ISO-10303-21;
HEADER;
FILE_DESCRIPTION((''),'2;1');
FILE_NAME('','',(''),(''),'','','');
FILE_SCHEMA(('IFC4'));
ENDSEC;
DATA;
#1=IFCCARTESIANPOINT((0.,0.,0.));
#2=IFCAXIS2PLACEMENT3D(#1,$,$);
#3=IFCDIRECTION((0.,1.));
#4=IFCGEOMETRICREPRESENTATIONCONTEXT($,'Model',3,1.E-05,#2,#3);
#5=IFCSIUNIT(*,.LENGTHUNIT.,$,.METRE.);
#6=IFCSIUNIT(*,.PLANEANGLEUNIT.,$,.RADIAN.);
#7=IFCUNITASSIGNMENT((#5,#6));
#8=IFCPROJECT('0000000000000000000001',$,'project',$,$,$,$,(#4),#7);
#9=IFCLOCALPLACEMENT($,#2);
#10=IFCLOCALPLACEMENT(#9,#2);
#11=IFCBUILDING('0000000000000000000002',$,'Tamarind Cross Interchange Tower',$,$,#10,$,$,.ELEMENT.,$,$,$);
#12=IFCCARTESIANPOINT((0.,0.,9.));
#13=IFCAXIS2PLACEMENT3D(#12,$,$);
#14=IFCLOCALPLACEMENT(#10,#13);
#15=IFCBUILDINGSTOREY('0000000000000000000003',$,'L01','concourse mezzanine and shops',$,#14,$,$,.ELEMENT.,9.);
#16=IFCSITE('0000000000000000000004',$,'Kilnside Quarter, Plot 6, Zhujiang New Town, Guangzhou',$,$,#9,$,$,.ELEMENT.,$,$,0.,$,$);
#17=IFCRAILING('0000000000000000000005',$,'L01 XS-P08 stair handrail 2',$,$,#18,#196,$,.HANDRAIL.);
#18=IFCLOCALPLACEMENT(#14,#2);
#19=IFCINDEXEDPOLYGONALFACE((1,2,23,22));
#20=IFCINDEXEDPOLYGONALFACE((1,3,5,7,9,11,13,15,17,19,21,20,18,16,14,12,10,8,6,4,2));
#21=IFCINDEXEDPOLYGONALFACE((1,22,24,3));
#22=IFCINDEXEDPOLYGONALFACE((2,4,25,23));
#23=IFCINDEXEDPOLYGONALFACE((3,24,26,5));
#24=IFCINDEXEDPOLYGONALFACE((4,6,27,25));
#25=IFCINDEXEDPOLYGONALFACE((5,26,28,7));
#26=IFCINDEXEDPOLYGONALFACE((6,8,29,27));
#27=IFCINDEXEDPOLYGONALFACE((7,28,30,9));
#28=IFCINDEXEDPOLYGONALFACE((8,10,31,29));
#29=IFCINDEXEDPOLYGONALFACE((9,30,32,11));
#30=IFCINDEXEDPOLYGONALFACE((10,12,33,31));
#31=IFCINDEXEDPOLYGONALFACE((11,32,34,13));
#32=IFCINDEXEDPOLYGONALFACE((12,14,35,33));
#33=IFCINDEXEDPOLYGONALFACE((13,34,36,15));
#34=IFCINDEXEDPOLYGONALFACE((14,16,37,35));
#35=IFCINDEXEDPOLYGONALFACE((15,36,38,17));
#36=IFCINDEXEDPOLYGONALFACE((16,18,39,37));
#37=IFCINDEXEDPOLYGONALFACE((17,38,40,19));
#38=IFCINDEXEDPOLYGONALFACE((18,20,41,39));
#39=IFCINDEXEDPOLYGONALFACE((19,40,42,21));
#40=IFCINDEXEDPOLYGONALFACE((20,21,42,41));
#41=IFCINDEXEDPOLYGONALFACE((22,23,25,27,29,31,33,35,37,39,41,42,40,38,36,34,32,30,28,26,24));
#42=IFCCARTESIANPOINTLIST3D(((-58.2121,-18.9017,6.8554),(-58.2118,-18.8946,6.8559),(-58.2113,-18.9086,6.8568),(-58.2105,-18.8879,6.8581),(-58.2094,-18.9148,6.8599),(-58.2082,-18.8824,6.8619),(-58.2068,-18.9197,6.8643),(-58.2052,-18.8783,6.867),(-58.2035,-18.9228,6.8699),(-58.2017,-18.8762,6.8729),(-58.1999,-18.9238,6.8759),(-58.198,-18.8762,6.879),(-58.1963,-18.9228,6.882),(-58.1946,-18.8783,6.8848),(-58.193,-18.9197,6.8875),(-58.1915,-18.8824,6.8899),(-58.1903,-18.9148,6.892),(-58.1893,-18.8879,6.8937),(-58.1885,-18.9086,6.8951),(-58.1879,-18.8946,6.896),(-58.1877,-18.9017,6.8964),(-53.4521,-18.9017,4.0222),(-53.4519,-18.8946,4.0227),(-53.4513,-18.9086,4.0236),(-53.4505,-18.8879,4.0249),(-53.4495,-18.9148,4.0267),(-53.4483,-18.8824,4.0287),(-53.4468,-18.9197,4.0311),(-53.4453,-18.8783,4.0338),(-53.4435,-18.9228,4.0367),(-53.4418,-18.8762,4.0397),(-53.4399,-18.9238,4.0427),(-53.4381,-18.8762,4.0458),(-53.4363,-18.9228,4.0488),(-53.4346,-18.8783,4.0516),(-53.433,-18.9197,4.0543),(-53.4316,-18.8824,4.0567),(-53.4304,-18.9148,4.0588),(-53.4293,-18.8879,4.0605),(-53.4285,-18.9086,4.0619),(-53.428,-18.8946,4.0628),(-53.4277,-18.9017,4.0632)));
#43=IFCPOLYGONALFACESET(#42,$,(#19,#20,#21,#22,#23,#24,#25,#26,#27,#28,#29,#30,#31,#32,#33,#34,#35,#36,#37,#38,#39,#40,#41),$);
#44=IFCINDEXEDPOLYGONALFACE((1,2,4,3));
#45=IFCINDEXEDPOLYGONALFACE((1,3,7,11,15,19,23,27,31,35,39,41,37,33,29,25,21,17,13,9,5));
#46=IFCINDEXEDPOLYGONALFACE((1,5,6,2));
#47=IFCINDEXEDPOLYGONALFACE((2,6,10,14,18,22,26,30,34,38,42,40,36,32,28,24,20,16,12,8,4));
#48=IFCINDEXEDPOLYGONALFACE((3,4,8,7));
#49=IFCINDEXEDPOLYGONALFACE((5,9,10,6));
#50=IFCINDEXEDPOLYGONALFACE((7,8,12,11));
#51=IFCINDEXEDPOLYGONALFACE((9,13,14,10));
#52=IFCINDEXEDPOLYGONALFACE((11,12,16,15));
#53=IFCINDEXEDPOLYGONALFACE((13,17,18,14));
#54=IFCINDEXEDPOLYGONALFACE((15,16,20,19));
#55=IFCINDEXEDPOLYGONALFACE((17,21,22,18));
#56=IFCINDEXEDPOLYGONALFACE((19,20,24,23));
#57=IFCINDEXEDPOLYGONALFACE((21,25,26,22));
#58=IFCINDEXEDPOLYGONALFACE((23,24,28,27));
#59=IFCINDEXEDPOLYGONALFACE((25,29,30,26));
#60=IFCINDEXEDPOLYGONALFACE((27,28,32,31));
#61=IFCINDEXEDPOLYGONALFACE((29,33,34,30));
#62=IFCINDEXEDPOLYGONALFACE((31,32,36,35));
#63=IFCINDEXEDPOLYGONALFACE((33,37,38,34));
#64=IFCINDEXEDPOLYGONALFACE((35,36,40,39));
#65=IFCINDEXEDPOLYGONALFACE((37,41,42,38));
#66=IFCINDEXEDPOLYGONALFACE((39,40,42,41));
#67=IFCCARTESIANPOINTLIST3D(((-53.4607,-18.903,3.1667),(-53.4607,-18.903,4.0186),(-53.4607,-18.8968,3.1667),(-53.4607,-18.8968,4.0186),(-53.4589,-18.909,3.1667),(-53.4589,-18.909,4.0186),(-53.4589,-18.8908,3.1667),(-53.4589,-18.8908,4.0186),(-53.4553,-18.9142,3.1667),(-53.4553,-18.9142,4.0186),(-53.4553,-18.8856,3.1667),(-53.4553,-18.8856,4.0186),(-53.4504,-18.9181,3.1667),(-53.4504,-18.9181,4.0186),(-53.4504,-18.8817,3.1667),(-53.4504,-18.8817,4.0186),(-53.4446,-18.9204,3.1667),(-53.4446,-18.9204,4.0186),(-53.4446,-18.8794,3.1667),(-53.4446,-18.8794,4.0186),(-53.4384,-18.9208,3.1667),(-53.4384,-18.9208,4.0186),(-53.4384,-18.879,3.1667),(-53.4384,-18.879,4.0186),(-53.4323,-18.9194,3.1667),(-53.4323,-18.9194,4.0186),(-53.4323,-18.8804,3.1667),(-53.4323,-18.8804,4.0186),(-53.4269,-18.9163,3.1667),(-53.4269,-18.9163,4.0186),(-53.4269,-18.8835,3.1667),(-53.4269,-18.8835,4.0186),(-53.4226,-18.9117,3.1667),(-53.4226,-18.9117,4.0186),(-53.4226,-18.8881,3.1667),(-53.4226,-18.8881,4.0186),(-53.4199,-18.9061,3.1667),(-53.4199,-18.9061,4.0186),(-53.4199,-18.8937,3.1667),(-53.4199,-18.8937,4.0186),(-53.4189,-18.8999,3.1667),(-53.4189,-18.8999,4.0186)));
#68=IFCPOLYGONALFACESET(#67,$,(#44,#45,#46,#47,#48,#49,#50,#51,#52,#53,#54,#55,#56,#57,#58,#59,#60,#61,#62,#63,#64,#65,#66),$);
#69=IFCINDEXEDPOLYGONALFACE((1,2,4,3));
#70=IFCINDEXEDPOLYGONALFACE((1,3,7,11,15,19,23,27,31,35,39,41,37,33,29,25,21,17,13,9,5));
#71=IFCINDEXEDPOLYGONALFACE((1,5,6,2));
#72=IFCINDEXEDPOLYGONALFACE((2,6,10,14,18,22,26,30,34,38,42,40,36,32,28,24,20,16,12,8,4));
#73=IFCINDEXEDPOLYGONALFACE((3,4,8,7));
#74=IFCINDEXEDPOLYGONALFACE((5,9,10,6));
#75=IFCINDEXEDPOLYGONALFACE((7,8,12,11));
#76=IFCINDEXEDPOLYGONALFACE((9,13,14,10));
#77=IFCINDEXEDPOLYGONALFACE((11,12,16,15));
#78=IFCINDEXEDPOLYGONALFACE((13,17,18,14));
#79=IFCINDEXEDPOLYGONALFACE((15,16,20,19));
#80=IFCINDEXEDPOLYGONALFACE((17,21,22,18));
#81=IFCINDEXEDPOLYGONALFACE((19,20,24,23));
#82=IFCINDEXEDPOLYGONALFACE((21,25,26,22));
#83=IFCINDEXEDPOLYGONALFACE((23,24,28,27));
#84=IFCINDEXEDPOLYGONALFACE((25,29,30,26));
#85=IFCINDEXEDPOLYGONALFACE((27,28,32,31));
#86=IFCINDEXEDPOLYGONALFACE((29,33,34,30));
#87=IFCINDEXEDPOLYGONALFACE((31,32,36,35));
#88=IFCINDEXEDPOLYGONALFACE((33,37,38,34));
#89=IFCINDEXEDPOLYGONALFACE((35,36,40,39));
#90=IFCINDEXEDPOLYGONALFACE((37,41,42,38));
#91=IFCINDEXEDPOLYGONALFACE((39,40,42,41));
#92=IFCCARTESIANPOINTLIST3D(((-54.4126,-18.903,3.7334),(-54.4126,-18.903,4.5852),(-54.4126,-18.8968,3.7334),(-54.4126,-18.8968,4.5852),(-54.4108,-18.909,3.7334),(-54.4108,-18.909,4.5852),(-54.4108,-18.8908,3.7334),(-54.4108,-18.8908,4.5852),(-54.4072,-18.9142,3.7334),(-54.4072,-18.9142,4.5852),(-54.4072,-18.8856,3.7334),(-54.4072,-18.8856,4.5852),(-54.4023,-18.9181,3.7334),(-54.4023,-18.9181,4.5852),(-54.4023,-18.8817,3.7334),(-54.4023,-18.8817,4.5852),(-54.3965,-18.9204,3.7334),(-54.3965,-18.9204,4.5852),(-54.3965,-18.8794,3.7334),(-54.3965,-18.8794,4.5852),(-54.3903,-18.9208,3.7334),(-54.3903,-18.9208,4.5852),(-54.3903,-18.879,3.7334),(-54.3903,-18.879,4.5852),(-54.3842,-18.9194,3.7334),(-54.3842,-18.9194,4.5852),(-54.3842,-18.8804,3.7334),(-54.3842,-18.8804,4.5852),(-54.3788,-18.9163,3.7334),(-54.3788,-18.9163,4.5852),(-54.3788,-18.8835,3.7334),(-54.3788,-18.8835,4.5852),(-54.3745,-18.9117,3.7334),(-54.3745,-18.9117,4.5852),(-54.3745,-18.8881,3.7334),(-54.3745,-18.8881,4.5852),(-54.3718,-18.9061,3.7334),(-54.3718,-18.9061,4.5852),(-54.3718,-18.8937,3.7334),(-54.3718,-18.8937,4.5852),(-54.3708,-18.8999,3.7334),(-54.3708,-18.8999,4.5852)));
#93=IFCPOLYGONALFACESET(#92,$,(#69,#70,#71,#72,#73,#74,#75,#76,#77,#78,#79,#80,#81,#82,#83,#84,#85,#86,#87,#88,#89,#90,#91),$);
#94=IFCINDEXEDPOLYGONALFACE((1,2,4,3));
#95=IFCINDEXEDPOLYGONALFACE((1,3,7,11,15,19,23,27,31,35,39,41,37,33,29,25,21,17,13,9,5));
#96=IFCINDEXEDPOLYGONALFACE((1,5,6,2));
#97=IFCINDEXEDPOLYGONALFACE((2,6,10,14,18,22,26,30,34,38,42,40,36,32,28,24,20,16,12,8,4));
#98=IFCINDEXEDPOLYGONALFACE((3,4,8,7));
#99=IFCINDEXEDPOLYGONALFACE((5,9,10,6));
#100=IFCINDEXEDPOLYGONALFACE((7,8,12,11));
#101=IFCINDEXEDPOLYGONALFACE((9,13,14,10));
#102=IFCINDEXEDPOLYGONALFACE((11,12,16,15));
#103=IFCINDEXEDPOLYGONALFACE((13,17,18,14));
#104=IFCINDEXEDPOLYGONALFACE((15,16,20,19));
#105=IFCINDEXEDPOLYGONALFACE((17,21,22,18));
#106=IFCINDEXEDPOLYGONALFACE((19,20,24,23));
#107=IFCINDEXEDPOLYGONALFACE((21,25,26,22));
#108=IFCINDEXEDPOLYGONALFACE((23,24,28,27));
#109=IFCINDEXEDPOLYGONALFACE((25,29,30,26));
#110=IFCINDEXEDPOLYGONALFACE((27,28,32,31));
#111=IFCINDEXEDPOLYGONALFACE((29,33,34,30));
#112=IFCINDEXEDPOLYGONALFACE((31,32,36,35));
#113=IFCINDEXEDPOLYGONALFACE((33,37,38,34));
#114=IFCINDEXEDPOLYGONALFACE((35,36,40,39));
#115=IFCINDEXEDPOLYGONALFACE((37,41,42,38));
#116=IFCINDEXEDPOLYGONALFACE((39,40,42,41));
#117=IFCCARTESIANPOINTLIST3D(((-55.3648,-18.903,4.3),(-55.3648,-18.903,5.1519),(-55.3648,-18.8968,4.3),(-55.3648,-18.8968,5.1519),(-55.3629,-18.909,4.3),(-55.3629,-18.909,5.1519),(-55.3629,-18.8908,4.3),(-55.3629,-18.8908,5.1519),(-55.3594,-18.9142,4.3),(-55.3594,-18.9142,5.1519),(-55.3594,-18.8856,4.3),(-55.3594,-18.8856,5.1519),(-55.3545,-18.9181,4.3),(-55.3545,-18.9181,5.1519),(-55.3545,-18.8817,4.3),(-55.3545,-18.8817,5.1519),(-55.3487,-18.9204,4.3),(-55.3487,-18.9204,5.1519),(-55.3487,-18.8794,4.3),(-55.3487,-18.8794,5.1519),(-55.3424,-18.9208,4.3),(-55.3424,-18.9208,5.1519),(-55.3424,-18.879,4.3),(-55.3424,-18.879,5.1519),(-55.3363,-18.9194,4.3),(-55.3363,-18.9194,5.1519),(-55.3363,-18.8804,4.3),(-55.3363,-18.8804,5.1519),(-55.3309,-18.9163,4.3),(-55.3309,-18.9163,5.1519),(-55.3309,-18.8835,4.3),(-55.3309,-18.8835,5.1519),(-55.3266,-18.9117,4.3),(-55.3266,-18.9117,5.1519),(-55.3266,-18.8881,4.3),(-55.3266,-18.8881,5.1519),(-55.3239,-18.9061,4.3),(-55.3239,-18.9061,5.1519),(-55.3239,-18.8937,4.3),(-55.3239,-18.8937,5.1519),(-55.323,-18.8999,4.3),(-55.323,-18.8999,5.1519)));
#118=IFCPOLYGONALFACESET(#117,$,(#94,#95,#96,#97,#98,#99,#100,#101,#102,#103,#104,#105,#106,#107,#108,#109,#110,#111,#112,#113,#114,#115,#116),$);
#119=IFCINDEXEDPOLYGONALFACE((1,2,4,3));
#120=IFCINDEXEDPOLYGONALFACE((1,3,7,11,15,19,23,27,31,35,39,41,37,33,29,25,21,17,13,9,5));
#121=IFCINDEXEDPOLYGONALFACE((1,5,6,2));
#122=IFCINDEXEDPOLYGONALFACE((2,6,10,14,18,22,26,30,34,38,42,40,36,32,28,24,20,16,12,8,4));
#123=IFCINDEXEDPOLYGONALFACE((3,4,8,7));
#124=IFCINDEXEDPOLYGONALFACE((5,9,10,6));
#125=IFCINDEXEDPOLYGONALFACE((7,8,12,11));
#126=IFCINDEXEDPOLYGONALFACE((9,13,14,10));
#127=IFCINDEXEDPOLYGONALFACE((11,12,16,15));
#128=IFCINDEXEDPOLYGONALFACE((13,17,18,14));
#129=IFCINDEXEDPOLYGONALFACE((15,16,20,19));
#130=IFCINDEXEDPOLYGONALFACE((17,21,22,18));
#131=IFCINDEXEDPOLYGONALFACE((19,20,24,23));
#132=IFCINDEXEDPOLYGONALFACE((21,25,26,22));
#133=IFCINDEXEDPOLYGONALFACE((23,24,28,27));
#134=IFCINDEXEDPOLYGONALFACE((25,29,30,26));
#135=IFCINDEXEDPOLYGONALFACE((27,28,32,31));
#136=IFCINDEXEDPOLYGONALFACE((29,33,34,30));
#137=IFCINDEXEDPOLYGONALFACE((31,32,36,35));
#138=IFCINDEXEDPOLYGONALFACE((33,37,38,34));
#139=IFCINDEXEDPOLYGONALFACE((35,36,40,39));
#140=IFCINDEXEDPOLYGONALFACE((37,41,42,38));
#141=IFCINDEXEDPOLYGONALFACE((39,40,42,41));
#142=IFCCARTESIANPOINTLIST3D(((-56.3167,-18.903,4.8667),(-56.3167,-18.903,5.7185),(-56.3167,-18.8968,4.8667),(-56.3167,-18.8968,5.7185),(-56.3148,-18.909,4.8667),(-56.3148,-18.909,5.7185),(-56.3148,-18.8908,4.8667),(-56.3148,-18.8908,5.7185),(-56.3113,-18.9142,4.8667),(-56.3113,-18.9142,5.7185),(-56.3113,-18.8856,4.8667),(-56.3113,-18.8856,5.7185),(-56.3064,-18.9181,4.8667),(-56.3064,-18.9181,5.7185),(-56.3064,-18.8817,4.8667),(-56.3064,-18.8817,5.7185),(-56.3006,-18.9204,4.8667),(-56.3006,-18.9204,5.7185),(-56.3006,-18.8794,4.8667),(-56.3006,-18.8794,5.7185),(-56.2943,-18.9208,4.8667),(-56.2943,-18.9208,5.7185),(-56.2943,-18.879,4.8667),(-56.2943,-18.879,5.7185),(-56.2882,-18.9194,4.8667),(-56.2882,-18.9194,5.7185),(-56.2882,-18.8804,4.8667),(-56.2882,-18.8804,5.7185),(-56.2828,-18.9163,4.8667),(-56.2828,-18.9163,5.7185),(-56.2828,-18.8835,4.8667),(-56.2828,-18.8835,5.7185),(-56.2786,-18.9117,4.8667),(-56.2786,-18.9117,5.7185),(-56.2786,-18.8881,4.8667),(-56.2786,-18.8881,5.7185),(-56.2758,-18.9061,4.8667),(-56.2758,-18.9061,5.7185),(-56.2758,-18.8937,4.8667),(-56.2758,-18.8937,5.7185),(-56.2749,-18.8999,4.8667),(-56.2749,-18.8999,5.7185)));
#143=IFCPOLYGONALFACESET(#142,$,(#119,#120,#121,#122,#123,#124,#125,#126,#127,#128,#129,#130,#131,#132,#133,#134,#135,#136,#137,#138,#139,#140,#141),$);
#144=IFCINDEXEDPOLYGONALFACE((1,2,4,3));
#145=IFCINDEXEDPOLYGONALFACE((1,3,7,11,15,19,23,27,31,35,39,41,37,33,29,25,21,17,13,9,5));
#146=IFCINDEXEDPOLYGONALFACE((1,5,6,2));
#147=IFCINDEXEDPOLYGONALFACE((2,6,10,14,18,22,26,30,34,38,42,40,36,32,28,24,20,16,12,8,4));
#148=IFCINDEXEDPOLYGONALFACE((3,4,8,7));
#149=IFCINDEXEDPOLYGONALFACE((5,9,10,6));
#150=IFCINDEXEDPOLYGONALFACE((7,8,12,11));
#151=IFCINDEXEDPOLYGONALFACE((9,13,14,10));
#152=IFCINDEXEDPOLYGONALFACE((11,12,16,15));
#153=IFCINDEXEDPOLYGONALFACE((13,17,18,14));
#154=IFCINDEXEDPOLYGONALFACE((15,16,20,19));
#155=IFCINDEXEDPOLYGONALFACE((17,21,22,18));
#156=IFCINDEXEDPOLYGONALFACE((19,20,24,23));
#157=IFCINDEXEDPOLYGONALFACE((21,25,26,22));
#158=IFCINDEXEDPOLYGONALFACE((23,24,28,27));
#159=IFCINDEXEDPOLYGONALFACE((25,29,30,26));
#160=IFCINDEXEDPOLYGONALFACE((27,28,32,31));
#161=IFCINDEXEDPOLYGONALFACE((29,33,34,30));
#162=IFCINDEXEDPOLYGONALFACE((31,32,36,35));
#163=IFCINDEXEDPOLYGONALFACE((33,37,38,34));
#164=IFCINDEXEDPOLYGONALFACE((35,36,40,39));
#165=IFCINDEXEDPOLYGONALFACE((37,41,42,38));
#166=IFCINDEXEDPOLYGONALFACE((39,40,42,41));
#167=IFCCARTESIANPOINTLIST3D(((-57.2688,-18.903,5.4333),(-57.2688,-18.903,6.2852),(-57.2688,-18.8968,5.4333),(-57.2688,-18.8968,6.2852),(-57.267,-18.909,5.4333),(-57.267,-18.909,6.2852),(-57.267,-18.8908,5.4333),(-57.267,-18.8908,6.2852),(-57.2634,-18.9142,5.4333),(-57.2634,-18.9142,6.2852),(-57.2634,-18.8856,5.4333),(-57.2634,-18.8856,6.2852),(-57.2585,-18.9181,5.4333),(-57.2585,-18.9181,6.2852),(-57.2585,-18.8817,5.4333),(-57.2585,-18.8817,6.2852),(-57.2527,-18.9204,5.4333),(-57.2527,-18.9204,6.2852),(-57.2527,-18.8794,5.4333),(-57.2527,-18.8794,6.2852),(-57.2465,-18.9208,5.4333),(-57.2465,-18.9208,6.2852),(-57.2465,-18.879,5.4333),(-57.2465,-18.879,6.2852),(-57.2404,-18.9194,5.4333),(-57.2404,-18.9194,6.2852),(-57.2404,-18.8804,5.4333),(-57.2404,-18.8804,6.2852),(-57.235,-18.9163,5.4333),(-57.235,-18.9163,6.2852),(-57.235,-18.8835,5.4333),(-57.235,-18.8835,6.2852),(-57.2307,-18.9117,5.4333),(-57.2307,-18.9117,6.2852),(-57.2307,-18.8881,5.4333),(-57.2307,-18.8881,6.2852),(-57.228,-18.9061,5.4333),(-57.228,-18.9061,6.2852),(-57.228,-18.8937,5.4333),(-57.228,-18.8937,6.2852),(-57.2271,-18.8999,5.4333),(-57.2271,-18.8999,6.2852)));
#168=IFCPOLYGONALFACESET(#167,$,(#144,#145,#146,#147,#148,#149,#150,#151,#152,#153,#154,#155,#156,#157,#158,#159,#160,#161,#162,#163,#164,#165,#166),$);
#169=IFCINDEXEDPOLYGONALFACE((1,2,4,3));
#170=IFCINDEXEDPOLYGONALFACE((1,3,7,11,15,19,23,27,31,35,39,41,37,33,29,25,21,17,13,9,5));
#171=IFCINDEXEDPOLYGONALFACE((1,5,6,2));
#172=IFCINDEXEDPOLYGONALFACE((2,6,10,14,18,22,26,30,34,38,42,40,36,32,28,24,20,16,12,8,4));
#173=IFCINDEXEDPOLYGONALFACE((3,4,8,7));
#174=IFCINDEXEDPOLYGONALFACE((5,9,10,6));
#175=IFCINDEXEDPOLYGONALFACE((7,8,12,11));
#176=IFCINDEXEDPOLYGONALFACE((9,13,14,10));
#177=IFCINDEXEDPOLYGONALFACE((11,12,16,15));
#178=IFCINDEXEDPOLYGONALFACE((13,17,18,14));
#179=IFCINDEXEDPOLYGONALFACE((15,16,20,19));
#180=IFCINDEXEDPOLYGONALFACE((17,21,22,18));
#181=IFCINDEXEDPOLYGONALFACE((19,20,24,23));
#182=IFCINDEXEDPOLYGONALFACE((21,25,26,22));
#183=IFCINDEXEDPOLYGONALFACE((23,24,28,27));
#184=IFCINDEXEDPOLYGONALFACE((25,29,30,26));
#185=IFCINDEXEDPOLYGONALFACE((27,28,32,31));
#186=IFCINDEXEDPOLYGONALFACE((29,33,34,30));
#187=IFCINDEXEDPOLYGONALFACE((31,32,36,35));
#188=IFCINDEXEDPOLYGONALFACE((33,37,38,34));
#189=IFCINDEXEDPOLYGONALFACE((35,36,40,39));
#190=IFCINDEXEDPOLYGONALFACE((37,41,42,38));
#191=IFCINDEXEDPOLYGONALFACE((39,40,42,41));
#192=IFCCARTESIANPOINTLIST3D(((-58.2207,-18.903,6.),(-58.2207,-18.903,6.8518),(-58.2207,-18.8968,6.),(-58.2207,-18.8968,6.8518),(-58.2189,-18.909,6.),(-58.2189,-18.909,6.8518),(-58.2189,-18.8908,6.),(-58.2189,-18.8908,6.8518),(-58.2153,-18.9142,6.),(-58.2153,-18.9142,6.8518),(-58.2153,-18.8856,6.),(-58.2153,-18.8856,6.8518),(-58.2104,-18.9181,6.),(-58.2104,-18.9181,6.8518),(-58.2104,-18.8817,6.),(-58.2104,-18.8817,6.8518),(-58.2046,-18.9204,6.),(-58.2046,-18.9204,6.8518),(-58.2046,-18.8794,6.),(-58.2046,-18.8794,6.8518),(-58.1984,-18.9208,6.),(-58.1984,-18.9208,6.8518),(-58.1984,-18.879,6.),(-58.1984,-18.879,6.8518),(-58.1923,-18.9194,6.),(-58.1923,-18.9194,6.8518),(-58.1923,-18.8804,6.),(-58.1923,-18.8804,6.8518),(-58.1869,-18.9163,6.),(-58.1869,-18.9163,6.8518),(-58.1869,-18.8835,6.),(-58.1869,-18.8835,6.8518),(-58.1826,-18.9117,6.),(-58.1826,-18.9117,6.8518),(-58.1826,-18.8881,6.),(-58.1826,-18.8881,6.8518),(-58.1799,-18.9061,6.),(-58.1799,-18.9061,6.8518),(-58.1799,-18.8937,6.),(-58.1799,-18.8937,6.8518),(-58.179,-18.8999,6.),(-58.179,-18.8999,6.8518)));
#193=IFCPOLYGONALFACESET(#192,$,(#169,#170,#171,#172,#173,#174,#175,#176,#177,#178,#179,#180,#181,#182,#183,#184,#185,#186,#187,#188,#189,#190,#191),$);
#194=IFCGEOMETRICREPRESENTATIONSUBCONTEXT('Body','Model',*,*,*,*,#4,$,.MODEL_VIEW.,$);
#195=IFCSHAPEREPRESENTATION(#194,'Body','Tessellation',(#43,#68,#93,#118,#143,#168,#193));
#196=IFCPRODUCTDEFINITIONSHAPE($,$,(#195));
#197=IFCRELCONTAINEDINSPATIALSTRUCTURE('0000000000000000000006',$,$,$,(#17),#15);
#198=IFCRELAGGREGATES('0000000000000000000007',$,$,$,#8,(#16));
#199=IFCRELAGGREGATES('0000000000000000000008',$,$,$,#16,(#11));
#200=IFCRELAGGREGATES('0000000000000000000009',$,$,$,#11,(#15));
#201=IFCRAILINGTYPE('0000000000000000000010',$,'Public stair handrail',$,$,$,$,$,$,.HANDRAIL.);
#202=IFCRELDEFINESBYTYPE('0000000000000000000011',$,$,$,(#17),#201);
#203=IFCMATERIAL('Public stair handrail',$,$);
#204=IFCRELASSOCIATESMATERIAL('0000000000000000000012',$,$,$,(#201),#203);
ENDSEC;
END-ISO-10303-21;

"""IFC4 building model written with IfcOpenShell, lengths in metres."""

from ifc_helpers import new_model, si_unit, direction, frame, origin, origin_2d, place, context, subcontext, project, spatial, circle, extrude, material, type_object, element, save


model = new_model("IFC4")

# Units and contexts
model_context = context("Model", 3, precision=1e-05, world=origin(), true_north=direction((0.0, 1.0)))
body_context = subcontext(model_context, "Body", "Model", "MODEL_VIEW")
ifc_project = project(units=[si_unit("LENGTHUNIT", "METRE"), si_unit("PLANEANGLEUNIT", "RADIAN")], contexts=[model_context])

# Site, building, storey
site_placement = place(None, origin())
site = spatial("IfcSite", under=ifc_project, at=site_placement, Name="Kilnside Quarter, Plot 6, Zhujiang New Town, Guangzhou", CompositionType="ELEMENT", RefElevation=0.0)
building_placement = place(site_placement, origin())
building = spatial("IfcBuilding", under=site, at=building_placement, Name="Tamarind Cross Interchange Tower", CompositionType="ELEMENT")
storey_placement = place(building_placement, frame((0.0, 0.0, 9.0)))
storey = spatial("IfcBuildingStorey", under=building, at=storey_placement, Name="L01", Description="concourse mezzanine and shops", CompositionType="ELEMENT", Elevation=9.0)

# Railing
ifc_material_1 = material(Name="Public stair handrail")
railing_type_1 = type_object("IfcRailingType", Name="Public stair handrail", PredefinedType="HANDRAIL", material=ifc_material_1)
railing_1_placement = place(storey_placement, frame((-53.4399, -18.8999, 3.1667)))
element("IfcRailing", 1, at=railing_1_placement, inside=storey, type_object=railing_type_1, Name="L01 XS-P08 stair handrail 2", PredefinedType="HANDRAIL", context=body_context, shape_type="SweptSolid", body=[
    extrude(circle(Radius=0.0239, at=origin_2d()), frame((0.0, 0.0, 0.876), z_axis=(-0.8593, 0.0, 0.511472), x_axis=(0.0, -1.0, 0.0)), (0.0, 0.0, 1.0), 5.5393),
    extrude(circle(Radius=0.021, at=origin_2d()), origin(), (0.0, 0.0, 1.0), 0.8518),
    extrude(circle(Radius=0.021, at=origin_2d()), frame((-0.9519, 0.0, 0.5667)), (0.0, 0.0, 1.0), 0.8518),
    extrude(circle(Radius=0.021, at=origin_2d()), frame((-1.9041, 0.0, 1.1333)), (0.0, 0.0, 1.0), 0.8518),
    extrude(circle(Radius=0.021, at=origin_2d()), frame((-2.856, 0.0, 1.7)), (0.0, 0.0, 1.0), 0.8518),
    extrude(circle(Radius=0.021, at=origin_2d()), frame((-3.8081, 0.0, 2.2666)), (0.0, 0.0, 1.0), 0.8518),
    extrude(circle(Radius=0.021, at=origin_2d()), frame((-4.76, 0.0, 2.8333)), (0.0, 0.0, 1.0), 0.8518),
])

save(model, "model.ifc")
